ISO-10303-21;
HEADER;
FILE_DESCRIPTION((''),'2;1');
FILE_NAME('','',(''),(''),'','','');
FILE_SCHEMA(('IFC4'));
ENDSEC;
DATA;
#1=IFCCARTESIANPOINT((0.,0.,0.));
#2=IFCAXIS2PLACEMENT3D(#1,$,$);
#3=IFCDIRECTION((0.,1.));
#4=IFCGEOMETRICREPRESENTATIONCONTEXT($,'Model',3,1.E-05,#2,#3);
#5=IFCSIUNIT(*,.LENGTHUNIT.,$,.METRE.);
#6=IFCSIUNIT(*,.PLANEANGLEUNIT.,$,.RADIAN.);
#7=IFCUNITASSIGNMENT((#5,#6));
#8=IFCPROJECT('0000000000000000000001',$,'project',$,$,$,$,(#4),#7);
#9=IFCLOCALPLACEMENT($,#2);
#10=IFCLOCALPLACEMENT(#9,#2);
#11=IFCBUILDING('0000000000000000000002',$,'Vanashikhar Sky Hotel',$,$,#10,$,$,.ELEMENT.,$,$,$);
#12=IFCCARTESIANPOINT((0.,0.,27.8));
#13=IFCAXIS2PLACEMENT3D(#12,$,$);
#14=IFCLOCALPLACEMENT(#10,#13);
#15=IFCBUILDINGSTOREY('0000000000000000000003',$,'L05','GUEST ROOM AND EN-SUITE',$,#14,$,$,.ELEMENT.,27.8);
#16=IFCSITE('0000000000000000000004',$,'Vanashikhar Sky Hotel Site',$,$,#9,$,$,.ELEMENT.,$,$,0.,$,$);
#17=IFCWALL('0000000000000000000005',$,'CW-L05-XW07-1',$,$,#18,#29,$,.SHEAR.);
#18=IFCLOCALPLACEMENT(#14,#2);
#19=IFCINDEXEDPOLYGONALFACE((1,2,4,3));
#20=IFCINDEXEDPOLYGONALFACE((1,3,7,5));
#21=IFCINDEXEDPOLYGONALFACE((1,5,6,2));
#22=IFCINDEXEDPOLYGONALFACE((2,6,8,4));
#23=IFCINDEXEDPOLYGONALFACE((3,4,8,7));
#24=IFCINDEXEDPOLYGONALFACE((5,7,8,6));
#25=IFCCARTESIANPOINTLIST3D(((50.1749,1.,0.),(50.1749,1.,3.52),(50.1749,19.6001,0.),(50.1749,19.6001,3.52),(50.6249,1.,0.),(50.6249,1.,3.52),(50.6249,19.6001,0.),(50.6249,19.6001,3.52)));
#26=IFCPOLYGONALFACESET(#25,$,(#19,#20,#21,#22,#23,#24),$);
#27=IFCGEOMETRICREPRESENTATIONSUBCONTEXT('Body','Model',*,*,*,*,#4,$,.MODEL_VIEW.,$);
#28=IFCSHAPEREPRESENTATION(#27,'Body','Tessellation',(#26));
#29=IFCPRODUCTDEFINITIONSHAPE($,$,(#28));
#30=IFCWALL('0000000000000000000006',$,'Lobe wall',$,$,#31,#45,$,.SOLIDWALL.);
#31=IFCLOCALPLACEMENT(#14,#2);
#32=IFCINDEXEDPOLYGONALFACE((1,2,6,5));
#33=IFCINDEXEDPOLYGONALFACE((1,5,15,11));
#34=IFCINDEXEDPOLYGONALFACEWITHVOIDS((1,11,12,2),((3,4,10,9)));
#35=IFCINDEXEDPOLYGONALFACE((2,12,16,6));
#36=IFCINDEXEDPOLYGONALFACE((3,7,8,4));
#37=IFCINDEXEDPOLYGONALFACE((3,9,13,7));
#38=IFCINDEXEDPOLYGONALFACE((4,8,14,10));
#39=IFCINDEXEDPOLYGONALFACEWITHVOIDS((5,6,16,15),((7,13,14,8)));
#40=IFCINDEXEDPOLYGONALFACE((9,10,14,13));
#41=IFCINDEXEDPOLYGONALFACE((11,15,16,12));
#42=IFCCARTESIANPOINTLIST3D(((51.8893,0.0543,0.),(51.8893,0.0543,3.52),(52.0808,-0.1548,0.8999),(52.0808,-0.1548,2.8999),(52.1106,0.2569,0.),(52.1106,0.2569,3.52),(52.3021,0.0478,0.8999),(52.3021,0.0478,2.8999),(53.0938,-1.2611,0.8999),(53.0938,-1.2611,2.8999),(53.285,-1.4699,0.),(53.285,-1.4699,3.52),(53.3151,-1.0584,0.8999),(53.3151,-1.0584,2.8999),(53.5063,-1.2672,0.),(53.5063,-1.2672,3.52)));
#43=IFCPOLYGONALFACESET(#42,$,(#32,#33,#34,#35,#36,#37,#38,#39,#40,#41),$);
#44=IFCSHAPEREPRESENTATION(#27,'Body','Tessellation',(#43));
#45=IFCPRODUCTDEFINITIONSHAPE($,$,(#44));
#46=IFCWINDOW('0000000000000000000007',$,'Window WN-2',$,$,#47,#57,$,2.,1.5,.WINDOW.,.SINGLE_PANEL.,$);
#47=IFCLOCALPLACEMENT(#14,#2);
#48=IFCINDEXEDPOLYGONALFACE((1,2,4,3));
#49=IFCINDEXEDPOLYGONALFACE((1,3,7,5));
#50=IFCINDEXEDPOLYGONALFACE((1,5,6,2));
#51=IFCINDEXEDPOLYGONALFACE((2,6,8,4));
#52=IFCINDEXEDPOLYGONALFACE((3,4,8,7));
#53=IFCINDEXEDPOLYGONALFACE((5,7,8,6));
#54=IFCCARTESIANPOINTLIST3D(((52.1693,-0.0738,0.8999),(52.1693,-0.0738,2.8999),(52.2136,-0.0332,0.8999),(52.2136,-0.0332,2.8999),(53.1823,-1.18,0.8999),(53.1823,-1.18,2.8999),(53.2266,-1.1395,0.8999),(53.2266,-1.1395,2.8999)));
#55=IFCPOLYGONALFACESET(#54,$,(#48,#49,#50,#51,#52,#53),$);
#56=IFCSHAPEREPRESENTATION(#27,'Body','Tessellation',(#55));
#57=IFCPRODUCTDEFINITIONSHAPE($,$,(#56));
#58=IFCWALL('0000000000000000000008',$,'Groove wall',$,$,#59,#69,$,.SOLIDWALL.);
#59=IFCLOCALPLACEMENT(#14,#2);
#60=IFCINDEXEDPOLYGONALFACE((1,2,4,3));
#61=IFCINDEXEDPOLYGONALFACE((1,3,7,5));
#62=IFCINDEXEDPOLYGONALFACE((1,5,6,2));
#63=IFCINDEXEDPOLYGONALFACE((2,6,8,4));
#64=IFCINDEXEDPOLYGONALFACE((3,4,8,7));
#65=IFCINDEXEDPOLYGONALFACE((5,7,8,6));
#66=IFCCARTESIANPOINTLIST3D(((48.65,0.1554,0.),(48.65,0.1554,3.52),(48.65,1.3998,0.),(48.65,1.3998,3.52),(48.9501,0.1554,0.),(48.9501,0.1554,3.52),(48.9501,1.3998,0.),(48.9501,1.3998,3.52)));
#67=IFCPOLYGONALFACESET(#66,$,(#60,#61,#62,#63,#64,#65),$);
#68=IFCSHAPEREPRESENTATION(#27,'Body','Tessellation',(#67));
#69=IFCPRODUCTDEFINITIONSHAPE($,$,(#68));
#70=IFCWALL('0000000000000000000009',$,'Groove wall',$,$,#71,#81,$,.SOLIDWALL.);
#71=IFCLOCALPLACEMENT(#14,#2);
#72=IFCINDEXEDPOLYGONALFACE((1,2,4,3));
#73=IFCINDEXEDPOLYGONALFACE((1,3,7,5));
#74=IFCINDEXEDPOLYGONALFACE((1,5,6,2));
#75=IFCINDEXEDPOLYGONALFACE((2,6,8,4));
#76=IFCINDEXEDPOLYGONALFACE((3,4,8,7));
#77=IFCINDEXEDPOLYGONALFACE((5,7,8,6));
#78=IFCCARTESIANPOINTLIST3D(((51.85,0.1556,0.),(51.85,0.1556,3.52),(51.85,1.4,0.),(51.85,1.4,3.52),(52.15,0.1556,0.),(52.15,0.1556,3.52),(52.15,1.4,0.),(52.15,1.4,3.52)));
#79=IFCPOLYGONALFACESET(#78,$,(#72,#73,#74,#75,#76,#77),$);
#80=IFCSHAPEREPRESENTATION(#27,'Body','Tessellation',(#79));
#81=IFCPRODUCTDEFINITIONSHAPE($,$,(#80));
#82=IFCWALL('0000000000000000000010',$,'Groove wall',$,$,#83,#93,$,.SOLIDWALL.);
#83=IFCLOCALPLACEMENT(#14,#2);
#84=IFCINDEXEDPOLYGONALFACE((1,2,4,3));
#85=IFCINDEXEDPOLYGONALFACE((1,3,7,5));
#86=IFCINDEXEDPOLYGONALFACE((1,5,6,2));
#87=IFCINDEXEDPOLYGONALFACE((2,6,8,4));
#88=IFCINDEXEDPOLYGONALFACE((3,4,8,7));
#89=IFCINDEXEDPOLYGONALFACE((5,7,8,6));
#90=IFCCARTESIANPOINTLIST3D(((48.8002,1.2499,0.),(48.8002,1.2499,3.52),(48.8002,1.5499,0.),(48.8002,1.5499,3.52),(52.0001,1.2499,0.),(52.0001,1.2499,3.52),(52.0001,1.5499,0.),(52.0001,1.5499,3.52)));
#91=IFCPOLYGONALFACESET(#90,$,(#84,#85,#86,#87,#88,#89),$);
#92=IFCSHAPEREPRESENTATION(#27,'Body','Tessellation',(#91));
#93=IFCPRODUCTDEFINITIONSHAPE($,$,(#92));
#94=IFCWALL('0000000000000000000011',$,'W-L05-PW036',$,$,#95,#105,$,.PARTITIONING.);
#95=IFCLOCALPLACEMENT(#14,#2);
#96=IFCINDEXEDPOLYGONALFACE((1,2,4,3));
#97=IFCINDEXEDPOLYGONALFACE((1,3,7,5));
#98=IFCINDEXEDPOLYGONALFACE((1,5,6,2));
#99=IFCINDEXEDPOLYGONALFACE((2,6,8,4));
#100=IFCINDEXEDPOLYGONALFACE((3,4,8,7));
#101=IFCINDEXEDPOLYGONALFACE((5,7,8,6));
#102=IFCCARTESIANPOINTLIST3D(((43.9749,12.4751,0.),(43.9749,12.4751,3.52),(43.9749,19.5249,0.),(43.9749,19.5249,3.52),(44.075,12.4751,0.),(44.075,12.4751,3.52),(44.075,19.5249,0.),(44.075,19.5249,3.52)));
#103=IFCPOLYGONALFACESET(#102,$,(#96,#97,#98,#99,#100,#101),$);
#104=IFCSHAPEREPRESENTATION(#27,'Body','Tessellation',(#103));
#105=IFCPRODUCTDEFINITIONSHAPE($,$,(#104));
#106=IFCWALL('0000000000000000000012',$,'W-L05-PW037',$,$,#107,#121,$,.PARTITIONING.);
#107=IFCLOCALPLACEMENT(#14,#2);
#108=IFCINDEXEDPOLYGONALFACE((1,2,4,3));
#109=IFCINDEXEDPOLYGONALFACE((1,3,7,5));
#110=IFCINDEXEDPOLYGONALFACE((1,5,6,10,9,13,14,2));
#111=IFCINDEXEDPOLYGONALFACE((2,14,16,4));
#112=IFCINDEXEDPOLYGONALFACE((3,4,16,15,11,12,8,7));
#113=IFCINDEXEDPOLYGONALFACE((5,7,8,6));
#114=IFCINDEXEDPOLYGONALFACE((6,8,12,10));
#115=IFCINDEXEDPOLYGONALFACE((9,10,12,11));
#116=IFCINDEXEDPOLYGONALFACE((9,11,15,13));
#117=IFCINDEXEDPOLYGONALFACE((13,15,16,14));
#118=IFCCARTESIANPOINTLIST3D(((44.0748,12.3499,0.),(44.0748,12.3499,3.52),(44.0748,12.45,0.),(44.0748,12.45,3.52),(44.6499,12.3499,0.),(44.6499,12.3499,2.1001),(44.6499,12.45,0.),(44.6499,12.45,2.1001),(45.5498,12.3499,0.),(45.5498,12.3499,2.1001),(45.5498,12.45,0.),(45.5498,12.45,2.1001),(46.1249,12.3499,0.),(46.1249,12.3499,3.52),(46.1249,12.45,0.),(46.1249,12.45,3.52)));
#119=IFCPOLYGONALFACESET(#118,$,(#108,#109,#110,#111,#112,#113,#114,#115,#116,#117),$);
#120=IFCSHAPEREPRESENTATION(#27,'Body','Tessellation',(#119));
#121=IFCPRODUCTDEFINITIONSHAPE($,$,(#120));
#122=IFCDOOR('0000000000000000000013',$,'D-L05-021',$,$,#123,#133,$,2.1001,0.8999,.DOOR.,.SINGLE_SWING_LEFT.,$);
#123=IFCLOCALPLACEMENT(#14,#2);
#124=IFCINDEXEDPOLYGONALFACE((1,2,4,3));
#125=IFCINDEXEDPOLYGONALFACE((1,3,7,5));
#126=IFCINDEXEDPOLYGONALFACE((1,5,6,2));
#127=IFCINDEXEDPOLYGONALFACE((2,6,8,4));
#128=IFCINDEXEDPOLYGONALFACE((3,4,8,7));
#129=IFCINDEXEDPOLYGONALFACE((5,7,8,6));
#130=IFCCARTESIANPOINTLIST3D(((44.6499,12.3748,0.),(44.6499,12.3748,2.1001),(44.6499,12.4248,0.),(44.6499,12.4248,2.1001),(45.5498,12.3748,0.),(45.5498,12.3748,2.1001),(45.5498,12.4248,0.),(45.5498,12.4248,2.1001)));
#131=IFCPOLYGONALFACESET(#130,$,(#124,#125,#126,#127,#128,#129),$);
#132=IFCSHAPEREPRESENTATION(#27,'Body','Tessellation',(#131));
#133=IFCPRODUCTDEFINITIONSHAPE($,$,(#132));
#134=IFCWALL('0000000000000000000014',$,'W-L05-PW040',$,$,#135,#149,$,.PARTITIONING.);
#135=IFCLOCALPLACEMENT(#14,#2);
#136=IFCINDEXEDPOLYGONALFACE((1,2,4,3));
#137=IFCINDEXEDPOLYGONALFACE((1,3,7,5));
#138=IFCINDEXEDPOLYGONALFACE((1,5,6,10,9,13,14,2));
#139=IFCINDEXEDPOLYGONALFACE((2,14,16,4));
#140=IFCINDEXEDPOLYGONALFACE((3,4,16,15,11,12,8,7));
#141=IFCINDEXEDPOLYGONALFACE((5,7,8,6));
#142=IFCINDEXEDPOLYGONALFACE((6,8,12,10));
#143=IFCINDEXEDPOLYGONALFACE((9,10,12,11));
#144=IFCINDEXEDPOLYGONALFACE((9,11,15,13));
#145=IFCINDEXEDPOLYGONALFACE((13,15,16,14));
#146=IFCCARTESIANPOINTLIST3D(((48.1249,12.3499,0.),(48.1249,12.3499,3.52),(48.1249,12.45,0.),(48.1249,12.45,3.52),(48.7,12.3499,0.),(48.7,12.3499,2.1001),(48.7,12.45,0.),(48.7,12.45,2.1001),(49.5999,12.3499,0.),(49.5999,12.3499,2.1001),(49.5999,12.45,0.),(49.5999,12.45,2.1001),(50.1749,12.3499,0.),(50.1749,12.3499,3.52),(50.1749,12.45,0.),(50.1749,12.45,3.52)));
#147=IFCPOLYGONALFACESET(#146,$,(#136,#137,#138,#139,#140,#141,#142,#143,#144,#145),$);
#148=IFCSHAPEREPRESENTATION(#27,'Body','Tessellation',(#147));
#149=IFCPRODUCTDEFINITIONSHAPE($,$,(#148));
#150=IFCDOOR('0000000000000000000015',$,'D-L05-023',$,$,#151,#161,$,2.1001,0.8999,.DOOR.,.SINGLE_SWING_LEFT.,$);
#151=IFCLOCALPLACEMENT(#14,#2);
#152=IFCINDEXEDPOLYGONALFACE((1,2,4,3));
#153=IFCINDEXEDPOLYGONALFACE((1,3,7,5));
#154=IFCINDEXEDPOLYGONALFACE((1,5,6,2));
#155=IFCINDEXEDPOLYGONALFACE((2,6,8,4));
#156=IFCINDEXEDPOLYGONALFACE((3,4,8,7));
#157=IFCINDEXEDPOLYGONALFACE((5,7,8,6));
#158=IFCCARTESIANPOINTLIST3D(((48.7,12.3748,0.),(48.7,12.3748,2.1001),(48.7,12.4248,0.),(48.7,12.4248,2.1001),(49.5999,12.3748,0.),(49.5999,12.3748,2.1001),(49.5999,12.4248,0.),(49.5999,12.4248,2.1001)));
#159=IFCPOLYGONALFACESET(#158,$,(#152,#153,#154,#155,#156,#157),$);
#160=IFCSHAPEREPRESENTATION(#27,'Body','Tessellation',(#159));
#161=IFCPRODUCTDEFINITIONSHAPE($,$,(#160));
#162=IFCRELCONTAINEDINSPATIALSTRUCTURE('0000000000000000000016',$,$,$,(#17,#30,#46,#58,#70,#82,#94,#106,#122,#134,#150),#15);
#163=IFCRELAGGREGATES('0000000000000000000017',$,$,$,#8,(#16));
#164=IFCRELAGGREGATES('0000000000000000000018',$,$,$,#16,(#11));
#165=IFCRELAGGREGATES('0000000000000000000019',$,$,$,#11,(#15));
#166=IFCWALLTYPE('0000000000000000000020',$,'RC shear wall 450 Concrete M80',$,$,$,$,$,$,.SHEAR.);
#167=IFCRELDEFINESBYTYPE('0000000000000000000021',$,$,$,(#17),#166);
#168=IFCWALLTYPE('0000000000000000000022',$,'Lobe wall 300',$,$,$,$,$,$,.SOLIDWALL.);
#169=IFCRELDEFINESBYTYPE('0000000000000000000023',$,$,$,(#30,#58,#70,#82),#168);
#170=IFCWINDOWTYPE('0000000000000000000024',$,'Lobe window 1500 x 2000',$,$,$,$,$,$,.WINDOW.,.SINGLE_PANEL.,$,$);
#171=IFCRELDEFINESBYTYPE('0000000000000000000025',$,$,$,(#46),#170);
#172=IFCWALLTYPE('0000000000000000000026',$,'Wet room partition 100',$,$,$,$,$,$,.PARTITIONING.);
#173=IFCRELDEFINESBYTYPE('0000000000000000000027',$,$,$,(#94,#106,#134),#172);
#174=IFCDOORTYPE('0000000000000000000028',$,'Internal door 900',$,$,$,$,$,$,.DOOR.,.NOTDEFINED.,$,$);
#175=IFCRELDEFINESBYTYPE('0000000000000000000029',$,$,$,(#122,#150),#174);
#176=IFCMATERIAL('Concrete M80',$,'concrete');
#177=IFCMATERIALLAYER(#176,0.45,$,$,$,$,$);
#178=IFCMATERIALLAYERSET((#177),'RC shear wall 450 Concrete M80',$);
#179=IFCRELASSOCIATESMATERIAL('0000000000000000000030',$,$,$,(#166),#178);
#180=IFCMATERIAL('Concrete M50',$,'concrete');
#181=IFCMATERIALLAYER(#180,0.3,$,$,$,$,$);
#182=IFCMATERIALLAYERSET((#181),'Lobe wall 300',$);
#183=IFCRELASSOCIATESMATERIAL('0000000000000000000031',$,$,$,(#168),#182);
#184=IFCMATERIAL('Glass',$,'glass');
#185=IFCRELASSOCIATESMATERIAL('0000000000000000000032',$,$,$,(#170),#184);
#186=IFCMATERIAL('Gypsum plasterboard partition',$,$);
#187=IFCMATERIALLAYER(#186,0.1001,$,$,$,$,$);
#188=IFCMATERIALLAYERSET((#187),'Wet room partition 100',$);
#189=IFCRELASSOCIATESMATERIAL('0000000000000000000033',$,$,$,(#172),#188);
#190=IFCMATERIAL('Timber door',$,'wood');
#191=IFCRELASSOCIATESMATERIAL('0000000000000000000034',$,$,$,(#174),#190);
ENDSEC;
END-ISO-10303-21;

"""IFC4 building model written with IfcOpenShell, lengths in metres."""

from ifc_helpers import new_model, si_unit, direction, frame, frame_2d, origin, place, context, subcontext, project, spatial, rectangle, extrude, source, transform, mapped, material, layer, layer_set, type_object, element, fill, save


model = new_model("IFC4")

# Units and contexts
model_context = context("Model", 3, precision=1e-05, world=origin(), true_north=direction((0.0, 1.0)))
body_context = subcontext(model_context, "Body", "Model", "MODEL_VIEW")
ifc_project = project(units=[si_unit("LENGTHUNIT", "METRE"), si_unit("PLANEANGLEUNIT", "RADIAN")], contexts=[model_context])

# Site, building, storey
site_placement = place(None, origin())
site = spatial("IfcSite", under=ifc_project, at=site_placement, Name="Vanashikhar Sky Hotel Site", CompositionType="ELEMENT", RefElevation=0.0)
building_placement = place(site_placement, origin())
building = spatial("IfcBuilding", under=site, at=building_placement, Name="Vanashikhar Sky Hotel", CompositionType="ELEMENT")
storey_placement = place(building_placement, frame((0.0, 0.0, 27.8)))
storey = spatial("IfcBuildingStorey", under=building, at=storey_placement, Name="L05", Description="GUEST ROOM AND EN-SUITE", CompositionType="ELEMENT", Elevation=27.8)

# Wall
ifc_material_1 = material(Name="Concrete M80", Category="concrete")
ifc_layer_1 = layer(ifc_material_1, 0.45)
ifc_layer_set_1 = layer_set([ifc_layer_1], Name="RC shear wall 450 Concrete M80")
wall_type_1 = type_object("IfcWallType", Name="RC shear wall 450 Concrete M80", PredefinedType="SHEAR", material=ifc_layer_set_1)
shared_shape_1 = source(origin(), body_context, "Body", "SweptSolid", [
    extrude(rectangle(XDim=18.6001, YDim=0.45, at=frame_2d((9.3, 0.0))), origin(), (0.0, 0.0, 1.0), 3.52),
])
wall_1_placement = place(storey_placement, frame((50.3999, 1.0, 0.0), z_axis=(0.0, 0.0, 1.0), x_axis=(0.0, 1.0, 0.0)))
element("IfcWall", 1, at=wall_1_placement, inside=storey, type_object=wall_type_1, Name="CW-L05-XW07-1", PredefinedType="SHEAR", context=body_context, shape_type="MappedRepresentation", body=[
    mapped(shared_shape_1, transform((0.0, 0.0, 0.0), scale=1.0)),
])

# Wall, opening, window
ifc_material_2 = material(Name="Concrete M50", Category="concrete")
ifc_layer_2 = layer(ifc_material_2, 0.3)
ifc_layer_set_2 = layer_set([ifc_layer_2], Name="Lobe wall 300")
wall_type_2 = type_object("IfcWallType", Name="Lobe wall 300", PredefinedType="SOLIDWALL", material=ifc_layer_set_2)
shared_shape_2 = source(origin(), body_context, "Body", "SweptSolid", [
    extrude(rectangle(XDim=2.0667, YDim=0.3, at=frame_2d((1.0332, 0.0))), origin(), (0.0, 0.0, 1.0), 3.52),
])
wall_2_placement = place(storey_placement, frame((52.0, 0.1555, 0.0), z_axis=(0.0, 0.0, 1.0), x_axis=(0.675355, -0.737492, 0.0)))
wall_2 = element("IfcWall", 2, at=wall_2_placement, inside=storey, type_object=wall_type_2, Name="Lobe wall", PredefinedType="SOLIDWALL", context=body_context, shape_type="MappedRepresentation", body=[
    mapped(shared_shape_2, transform((0.0, 0.0, 0.0), scale=1.0)),
])
shared_shape_3 = source(origin(), body_context, "Body", "SweptSolid", [
    extrude(rectangle(XDim=1.5, YDim=2.0, at=frame_2d((0.75, 1.0))), frame((0.0, 0.1602, 0.0), z_axis=(0.0, -1.0, 0.0), x_axis=(1.0, 0.0, 0.0)), (0.0, 0.0, 1.0), 0.3201),
])
opening_1_placement = place(wall_2_placement, frame((0.2834, 0.0, 0.8999)))
opening_1 = element("IfcOpeningElement", 3, at=opening_1_placement, cuts=wall_2, PredefinedType="OPENING", context=body_context, shape_type="MappedRepresentation", body=[
    mapped(shared_shape_3, transform((0.0, 0.0, 0.0), scale=1.0)),
])
ifc_material_3 = material(Name="Glass", Category="glass")
window_type = type_object("IfcWindowType", Name="Lobe window 1500 x 2000", PartitioningType="SINGLE_PANEL", PredefinedType="WINDOW", material=ifc_material_3)
shared_shape_4 = source(origin(), body_context, "Body", "SweptSolid", [
    extrude(rectangle(XDim=1.5, YDim=2.0, at=frame_2d((0.75, 1.0))), frame((0.0, 0.03, 0.0), z_axis=(0.0, -1.0, 0.0), x_axis=(1.0, 0.0, 0.0)), (0.0, 0.0, 1.0), 0.0601),
])
window_placement = place(opening_1_placement, origin())
window = element("IfcWindow", 4, at=window_placement, inside=storey, type_object=window_type, Name="Window WN-2", OverallHeight=2.0, OverallWidth=1.5, PartitioningType="SINGLE_PANEL", PredefinedType="WINDOW", context=body_context, shape_type="MappedRepresentation", body=[
    mapped(shared_shape_4, transform((0.0, 0.0, 0.0), scale=1.0)),
])
fill(opening_1, window)

# Walls
shared_shape_5 = source(origin(), body_context, "Body", "SweptSolid", [
    extrude(rectangle(XDim=1.2444, YDim=0.3, at=frame_2d((0.6221, 0.0))), origin(), (0.0, 0.0, 1.0), 3.52),
])
for number, where, z_axis, x_axis, name in (
    (5, (48.8, 0.1555, 0.0), (0.0, 0.0, 1.0), (0.0, 1.0, 0.0), "Groove wall"),
    (6, (52.0, 1.3999, 0.0), (0.0, 0.0, 1.0), (0.0, -1.0, 0.0), "Groove wall"),
):
    element("IfcWall", number, at=place(storey_placement, frame(where, z_axis=z_axis, x_axis=x_axis)), inside=storey, type_object=wall_type_2, Name=name, PredefinedType="SOLIDWALL", context=body_context, shape_type="MappedRepresentation", body=[
        mapped(shared_shape_5, transform((0.0, 0.0, 0.0), scale=1.0)),
    ])
shared_shape_6 = source(origin(), body_context, "Body", "SweptSolid", [
    extrude(rectangle(XDim=3.2, YDim=0.3, at=frame_2d((1.6001, 0.0))), origin(), (0.0, 0.0, 1.0), 3.52),
])
wall_3_placement = place(storey_placement, frame((48.8, 1.3999, 0.0), z_axis=(0.0, 0.0, 1.0), x_axis=(1.0, 0.0, 0.0)))
element("IfcWall", 7, at=wall_3_placement, inside=storey, type_object=wall_type_2, Name="Groove wall", PredefinedType="SOLIDWALL", context=body_context, shape_type="MappedRepresentation", body=[
    mapped(shared_shape_6, transform((0.0, 0.0, 0.0), scale=1.0)),
])
ifc_material_4 = material(Name="Gypsum plasterboard partition")
ifc_layer_3 = layer(ifc_material_4, 0.1001)
ifc_layer_set_3 = layer_set([ifc_layer_3], Name="Wet room partition 100")
wall_type_3 = type_object("IfcWallType", Name="Wet room partition 100", PredefinedType="PARTITIONING", material=ifc_layer_set_3)
shared_shape_7 = source(origin(), body_context, "Body", "SweptSolid", [
    extrude(rectangle(XDim=7.0498, YDim=0.1001, at=frame_2d((3.5249, 0.0))), origin(), (0.0, 0.0, 1.0), 3.52),
])
wall_4_placement = place(storey_placement, frame((44.0249, 12.4751, 0.0), z_axis=(0.0, 0.0, 1.0), x_axis=(0.0, 1.0, 0.0)))
element("IfcWall", 8, at=wall_4_placement, inside=storey, type_object=wall_type_3, Name="W-L05-PW036", PredefinedType="PARTITIONING", context=body_context, shape_type="MappedRepresentation", body=[
    mapped(shared_shape_7, transform((0.0, 0.0, 0.0), scale=1.0)),
])

# Walls, openings, doors
shared_shape_8 = source(origin(), body_context, "Body", "SweptSolid", [
    extrude(rectangle(XDim=2.05, YDim=0.1001, at=frame_2d((1.0249, 0.0))), origin(), (0.0, 0.0, 1.0), 3.52),
])
wall_5_placement = place(storey_placement, frame((44.075, 12.3999, 0.0), z_axis=(0.0, 0.0, 1.0), x_axis=(1.0, 0.0, 0.0)))
wall_5 = element("IfcWall", 9, at=wall_5_placement, inside=storey, type_object=wall_type_3, Name="W-L05-PW037", PredefinedType="PARTITIONING", context=body_context, shape_type="MappedRepresentation", body=[
    mapped(shared_shape_8, transform((0.0, 0.0, 0.0), scale=1.0)),
])
shared_shape_9 = source(origin(), body_context, "Body", "SweptSolid", [
    extrude(rectangle(XDim=0.8999, YDim=2.1001, at=frame_2d((0.45, 1.05))), frame((0.0, 0.0601, 0.0), z_axis=(0.0, -1.0, 0.0), x_axis=(1.0, 0.0, 0.0)), (0.0, 0.0, 1.0), 0.1201),
])
opening_2_placement = place(wall_5_placement, frame((0.575, 0.0, 0.0)))
opening_2 = element("IfcOpeningElement", 10, at=opening_2_placement, cuts=wall_5, PredefinedType="OPENING", context=body_context, shape_type="MappedRepresentation", body=[
    mapped(shared_shape_9, transform((0.0, 0.0, 0.0), scale=1.0)),
])
ifc_material_5 = material(Name="Timber door", Category="wood")
door_type = type_object("IfcDoorType", Name="Internal door 900", OperationType="NOTDEFINED", PredefinedType="DOOR", material=ifc_material_5)
shared_shape_10 = source(origin(), body_context, "Body", "SweptSolid", [
    extrude(rectangle(XDim=0.8999, YDim=2.1001, at=frame_2d((0.45, 1.05))), frame((0.0, 0.0249, 0.0), z_axis=(0.0, -1.0, 0.0), x_axis=(1.0, 0.0, 0.0)), (0.0, 0.0, 1.0), 0.05),
])
door_1_placement = place(opening_2_placement, origin())
door_1 = element("IfcDoor", 11, at=door_1_placement, inside=storey, type_object=door_type, Name="D-L05-021", OperationType="SINGLE_SWING_LEFT", OverallHeight=2.1001, OverallWidth=0.8999, PredefinedType="DOOR", context=body_context, shape_type="MappedRepresentation", body=[
    mapped(shared_shape_10, transform((0.0, 0.0, 0.0), scale=1.0)),
])
fill(opening_2, door_1)
wall_6_placement = place(storey_placement, frame((48.125, 12.3999, 0.0), z_axis=(0.0, 0.0, 1.0), x_axis=(1.0, 0.0, 0.0)))
wall_6 = element("IfcWall", 12, at=wall_6_placement, inside=storey, type_object=wall_type_3, Name="W-L05-PW040", PredefinedType="PARTITIONING", context=body_context, shape_type="MappedRepresentation", body=[
    mapped(shared_shape_8, transform((0.0, 0.0, 0.0), scale=1.0)),
])
opening_3_placement = place(wall_6_placement, frame((0.575, 0.0, 0.0)))
opening_3 = element("IfcOpeningElement", 13, at=opening_3_placement, cuts=wall_6, PredefinedType="OPENING", context=body_context, shape_type="MappedRepresentation", body=[
    mapped(shared_shape_9, transform((0.0, 0.0, 0.0), scale=1.0)),
])
door_2_placement = place(opening_3_placement, origin())
door_2 = element("IfcDoor", 14, at=door_2_placement, inside=storey, type_object=door_type, Name="D-L05-023", OperationType="SINGLE_SWING_LEFT", OverallHeight=2.1001, OverallWidth=0.8999, PredefinedType="DOOR", context=body_context, shape_type="MappedRepresentation", body=[
    mapped(shared_shape_10, transform((0.0, 0.0, 0.0), scale=1.0)),
])
fill(opening_3, door_2)

save(model, "model.ifc")
